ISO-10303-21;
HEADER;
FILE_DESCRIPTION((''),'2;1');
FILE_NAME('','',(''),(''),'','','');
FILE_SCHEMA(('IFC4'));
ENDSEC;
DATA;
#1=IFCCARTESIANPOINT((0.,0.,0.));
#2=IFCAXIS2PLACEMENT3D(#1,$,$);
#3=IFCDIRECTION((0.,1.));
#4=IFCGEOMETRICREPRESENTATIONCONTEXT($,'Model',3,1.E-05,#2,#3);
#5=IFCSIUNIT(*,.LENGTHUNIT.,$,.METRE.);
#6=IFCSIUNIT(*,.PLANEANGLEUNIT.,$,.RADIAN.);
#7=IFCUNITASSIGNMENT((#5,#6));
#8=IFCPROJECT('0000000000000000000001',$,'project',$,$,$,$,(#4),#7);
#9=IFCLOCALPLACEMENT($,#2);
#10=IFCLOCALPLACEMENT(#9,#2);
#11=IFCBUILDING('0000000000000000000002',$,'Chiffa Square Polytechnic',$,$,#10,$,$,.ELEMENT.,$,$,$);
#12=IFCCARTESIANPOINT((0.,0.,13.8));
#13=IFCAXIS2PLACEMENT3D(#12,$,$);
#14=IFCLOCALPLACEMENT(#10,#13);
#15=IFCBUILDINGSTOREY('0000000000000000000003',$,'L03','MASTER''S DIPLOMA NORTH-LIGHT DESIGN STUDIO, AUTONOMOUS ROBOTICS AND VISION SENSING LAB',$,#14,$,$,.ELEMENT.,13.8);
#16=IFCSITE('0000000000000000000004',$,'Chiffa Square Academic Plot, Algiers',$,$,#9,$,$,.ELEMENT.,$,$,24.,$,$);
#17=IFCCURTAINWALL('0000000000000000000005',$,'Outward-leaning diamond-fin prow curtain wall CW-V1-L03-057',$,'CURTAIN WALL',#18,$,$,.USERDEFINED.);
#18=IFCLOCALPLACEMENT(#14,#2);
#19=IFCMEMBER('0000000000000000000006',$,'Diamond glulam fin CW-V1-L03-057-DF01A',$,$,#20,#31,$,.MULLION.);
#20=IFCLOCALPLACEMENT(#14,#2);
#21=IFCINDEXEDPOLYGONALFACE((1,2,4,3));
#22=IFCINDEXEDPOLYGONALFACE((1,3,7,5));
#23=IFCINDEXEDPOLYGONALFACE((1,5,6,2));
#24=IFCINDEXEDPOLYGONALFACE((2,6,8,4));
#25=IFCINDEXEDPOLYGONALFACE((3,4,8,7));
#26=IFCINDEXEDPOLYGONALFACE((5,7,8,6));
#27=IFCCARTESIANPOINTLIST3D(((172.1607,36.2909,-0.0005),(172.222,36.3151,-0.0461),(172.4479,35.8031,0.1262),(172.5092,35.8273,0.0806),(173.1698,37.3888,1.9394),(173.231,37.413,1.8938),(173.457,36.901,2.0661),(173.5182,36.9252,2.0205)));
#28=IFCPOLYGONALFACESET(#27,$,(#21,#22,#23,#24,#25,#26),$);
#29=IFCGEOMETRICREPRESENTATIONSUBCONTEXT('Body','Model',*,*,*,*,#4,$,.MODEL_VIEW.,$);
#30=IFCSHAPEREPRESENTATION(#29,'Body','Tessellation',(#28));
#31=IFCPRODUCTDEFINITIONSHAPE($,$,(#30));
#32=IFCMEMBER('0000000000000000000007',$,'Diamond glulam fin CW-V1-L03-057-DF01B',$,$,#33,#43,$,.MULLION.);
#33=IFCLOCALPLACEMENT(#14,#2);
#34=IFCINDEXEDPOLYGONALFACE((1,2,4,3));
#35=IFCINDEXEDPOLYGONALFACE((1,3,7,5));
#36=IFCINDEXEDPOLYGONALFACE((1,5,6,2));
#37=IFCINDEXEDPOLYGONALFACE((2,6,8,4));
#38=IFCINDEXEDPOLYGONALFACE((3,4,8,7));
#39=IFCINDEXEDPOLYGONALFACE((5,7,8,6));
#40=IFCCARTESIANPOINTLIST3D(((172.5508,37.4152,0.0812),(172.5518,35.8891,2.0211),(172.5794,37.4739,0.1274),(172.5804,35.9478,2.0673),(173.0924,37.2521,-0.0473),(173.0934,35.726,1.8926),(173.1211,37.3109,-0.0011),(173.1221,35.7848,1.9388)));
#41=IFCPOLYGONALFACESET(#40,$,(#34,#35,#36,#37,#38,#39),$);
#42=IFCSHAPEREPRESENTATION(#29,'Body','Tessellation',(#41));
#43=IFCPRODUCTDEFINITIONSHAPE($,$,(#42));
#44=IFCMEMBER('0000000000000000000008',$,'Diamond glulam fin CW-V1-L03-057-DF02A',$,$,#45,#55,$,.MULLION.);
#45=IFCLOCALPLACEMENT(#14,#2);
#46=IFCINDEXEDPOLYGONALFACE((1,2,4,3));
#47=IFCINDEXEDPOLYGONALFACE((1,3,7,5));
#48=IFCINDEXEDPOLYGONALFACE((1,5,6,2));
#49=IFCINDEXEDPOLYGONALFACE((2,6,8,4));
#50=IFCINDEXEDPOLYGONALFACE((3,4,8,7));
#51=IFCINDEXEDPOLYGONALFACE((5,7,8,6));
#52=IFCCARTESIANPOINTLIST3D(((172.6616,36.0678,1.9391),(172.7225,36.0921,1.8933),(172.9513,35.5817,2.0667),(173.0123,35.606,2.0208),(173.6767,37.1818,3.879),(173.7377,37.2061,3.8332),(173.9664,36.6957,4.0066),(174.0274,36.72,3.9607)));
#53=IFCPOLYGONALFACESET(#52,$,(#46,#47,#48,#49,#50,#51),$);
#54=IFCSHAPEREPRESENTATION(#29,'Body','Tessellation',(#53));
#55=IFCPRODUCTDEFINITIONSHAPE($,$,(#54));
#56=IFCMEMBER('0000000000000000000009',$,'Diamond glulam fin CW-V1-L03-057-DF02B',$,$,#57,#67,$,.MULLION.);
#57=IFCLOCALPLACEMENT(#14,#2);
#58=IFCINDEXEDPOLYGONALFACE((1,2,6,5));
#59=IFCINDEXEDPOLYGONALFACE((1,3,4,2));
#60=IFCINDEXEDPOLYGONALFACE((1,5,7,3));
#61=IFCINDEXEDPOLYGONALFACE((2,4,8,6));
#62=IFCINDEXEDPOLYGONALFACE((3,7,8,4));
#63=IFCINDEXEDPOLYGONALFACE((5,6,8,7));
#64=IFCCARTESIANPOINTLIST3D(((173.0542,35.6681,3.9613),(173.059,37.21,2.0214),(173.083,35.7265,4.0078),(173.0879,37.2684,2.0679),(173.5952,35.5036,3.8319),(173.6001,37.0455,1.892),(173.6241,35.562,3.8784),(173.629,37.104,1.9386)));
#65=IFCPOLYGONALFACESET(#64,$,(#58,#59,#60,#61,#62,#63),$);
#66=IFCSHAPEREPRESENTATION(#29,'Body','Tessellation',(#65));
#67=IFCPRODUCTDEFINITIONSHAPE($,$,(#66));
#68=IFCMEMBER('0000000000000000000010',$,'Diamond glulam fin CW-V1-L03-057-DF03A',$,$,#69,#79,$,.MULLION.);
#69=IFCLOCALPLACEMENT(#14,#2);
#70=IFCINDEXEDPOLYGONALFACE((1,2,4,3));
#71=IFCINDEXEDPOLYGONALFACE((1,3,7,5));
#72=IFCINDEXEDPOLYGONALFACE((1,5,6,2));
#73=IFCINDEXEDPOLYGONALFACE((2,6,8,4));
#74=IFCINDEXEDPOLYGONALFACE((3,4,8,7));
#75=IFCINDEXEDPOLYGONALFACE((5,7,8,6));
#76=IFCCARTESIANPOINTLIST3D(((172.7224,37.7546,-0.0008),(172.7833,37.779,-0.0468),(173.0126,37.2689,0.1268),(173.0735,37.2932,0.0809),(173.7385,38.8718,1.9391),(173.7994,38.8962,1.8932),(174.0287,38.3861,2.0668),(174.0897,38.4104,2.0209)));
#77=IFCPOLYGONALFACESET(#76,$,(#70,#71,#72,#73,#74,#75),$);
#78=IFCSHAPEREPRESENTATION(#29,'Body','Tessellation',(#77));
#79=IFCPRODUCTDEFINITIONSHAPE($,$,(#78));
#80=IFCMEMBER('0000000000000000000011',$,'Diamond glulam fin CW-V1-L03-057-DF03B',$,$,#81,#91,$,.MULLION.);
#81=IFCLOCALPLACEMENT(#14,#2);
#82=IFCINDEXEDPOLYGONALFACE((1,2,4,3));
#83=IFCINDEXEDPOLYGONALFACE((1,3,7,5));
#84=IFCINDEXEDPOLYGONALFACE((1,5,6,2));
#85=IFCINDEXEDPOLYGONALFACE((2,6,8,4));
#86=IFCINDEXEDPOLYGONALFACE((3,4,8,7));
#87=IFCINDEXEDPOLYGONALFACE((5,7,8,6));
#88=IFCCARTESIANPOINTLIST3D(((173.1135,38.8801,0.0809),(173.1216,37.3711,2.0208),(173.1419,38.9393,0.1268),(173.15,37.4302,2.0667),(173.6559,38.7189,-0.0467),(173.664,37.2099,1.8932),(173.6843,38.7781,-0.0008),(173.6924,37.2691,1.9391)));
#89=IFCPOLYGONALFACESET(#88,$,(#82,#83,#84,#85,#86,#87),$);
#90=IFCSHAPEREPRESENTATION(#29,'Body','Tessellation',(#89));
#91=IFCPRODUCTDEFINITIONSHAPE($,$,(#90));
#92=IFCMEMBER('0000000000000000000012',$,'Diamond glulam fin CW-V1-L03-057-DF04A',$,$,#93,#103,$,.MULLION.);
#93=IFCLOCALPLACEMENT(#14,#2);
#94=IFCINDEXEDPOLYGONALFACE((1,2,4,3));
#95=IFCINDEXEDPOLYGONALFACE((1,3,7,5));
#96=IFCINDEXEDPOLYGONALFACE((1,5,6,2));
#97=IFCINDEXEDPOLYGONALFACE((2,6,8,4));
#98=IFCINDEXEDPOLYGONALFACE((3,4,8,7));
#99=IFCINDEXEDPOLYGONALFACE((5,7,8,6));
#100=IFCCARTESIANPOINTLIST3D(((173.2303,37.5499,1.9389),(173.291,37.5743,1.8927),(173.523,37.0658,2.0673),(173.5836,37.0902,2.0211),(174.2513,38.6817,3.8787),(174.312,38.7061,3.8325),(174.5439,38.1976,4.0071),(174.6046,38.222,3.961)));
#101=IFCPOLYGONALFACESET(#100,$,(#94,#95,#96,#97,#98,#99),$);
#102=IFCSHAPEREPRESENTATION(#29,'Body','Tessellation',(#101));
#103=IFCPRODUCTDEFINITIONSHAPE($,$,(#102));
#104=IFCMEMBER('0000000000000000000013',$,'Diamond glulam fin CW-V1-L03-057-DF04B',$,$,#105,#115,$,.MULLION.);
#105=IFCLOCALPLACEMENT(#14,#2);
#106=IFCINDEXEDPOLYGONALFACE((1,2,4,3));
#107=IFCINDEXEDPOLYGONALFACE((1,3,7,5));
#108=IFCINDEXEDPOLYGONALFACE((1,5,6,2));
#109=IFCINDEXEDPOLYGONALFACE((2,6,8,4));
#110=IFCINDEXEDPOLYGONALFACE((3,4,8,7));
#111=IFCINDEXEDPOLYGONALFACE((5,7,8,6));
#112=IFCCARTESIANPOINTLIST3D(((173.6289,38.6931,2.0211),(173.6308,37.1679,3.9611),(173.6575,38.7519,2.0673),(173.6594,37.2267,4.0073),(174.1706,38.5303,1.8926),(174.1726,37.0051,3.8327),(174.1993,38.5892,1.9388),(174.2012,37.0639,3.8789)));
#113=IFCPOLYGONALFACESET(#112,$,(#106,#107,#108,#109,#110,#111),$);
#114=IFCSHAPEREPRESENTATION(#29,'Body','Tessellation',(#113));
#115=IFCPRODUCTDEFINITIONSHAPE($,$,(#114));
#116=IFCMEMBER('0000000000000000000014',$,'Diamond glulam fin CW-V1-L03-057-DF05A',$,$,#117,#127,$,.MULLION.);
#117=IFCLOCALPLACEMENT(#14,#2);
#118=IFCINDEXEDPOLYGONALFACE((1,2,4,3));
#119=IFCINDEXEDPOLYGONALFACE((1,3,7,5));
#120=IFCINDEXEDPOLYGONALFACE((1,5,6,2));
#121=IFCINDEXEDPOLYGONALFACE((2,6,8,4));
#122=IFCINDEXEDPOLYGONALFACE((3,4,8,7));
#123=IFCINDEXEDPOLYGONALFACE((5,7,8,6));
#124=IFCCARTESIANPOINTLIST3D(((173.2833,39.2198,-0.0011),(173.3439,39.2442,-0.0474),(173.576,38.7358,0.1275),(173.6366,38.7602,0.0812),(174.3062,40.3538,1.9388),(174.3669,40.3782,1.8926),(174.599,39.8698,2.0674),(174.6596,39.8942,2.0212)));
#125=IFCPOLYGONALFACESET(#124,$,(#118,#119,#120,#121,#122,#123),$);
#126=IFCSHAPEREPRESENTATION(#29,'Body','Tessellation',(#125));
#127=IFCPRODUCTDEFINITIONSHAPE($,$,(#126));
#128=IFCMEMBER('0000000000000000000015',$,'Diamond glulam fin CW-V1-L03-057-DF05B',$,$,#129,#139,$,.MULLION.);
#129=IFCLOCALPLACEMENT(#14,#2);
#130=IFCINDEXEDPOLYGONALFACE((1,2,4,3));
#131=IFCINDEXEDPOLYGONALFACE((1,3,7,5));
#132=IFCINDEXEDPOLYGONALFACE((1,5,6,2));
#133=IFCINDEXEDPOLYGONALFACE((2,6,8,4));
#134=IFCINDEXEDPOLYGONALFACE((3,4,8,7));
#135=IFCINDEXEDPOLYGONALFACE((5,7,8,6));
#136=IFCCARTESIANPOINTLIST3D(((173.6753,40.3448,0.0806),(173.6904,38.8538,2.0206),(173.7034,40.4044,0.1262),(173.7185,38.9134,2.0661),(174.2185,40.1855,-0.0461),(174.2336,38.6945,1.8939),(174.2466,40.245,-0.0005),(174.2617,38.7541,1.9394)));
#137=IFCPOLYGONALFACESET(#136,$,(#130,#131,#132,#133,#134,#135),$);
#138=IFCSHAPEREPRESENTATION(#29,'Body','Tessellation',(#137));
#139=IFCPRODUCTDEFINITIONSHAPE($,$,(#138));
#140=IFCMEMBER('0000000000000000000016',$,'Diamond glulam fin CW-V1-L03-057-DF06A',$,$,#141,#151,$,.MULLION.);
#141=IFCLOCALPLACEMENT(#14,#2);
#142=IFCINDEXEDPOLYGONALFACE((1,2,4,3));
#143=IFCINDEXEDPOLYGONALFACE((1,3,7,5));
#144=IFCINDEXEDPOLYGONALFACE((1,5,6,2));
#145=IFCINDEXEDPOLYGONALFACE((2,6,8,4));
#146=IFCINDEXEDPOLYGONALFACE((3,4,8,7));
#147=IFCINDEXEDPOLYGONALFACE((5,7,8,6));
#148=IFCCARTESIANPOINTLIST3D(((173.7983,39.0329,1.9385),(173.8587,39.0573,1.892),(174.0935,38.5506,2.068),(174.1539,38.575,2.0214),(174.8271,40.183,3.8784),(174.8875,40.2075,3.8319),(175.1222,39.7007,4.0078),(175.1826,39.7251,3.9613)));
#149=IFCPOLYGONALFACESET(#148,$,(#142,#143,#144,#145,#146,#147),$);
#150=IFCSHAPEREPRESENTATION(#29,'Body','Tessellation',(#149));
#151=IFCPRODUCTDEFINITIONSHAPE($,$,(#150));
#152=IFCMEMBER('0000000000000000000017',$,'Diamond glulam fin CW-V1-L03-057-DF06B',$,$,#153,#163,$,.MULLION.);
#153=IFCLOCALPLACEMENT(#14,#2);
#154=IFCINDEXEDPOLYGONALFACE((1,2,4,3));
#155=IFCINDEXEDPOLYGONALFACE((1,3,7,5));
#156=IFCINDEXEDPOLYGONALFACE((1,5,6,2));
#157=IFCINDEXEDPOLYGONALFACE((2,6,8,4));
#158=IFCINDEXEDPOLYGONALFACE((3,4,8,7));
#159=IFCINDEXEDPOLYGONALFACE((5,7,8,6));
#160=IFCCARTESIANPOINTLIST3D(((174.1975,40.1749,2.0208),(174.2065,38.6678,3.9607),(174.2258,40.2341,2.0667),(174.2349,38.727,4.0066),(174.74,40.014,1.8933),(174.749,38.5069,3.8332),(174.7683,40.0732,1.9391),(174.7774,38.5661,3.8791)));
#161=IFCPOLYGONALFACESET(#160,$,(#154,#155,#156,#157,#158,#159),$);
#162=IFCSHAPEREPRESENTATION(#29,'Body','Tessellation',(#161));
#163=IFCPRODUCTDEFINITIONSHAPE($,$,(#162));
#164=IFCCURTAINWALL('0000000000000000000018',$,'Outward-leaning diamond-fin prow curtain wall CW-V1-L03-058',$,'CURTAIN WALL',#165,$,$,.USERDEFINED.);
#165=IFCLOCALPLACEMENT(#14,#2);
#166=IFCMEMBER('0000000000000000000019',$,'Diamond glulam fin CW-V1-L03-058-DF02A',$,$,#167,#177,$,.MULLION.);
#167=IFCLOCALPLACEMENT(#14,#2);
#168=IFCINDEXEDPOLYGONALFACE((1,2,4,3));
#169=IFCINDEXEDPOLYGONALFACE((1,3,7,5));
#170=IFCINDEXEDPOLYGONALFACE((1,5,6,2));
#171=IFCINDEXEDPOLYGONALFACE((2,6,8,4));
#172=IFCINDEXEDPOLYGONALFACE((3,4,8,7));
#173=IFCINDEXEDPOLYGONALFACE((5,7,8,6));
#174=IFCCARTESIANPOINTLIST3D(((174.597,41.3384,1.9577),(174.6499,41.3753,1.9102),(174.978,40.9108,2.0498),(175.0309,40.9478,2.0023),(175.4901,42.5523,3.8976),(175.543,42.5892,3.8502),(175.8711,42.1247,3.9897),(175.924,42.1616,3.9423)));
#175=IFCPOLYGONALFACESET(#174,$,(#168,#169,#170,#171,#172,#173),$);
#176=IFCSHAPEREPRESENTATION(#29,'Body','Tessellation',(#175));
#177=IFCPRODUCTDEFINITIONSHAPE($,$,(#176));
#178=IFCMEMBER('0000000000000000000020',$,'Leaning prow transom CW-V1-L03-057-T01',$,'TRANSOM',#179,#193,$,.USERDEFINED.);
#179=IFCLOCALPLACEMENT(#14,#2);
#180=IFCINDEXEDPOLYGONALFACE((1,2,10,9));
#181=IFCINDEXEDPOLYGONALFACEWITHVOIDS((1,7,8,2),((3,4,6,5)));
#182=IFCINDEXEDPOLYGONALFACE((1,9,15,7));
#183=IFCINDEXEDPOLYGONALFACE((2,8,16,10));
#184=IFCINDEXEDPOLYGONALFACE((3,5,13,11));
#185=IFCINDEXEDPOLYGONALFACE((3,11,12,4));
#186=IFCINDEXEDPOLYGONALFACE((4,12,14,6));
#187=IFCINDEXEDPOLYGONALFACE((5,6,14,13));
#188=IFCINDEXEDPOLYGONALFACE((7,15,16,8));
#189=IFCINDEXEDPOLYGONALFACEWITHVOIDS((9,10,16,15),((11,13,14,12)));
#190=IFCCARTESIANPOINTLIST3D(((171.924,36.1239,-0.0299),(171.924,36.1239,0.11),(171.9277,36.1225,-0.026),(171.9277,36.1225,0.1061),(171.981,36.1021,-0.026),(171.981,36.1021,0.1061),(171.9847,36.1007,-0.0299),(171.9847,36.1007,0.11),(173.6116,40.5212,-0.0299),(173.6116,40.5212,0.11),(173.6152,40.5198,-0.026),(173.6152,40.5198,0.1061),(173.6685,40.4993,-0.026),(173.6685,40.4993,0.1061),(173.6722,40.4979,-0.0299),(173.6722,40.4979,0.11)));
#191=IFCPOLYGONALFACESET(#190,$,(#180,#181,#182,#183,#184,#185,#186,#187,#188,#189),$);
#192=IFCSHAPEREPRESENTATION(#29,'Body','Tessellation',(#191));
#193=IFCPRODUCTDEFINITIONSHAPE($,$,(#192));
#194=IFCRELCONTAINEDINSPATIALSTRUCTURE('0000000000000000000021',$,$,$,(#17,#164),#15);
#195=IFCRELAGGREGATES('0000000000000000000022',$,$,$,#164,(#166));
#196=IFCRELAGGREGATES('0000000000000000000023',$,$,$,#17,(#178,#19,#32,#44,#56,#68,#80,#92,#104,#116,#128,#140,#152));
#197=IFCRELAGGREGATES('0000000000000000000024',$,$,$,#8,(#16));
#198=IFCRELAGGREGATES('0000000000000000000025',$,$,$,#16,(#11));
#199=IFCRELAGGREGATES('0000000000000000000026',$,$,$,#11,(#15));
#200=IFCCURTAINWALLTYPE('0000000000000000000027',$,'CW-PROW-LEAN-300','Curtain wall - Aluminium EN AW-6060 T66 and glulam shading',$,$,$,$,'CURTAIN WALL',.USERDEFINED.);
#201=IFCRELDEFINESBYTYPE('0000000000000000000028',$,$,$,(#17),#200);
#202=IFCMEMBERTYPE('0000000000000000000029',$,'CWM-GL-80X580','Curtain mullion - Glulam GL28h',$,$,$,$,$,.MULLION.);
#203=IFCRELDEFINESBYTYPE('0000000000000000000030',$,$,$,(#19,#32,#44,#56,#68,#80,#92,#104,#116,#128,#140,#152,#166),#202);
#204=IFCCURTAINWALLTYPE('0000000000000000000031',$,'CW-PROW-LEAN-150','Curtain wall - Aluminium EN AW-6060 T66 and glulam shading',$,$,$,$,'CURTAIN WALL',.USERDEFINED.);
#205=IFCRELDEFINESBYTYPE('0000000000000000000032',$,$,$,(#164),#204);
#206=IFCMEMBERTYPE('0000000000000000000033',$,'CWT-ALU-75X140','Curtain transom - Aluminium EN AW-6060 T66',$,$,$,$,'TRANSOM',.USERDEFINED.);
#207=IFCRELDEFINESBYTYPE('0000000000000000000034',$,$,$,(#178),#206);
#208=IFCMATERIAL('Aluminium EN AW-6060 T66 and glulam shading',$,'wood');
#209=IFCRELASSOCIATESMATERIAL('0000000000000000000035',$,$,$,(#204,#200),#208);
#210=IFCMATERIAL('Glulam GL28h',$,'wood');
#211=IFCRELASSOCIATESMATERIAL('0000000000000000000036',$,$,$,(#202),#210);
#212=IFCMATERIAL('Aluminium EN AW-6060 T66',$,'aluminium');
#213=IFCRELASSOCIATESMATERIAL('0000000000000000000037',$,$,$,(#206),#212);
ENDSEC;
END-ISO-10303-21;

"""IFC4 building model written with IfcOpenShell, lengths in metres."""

from ifc_helpers import new_model, si_unit, direction, frame, origin, origin_2d, place, context, subcontext, project, spatial, rectangle, hollow_rectangle, extrude, material, material_profile, profile_set, type_object, element, aggregate, save


model = new_model("IFC4")

# Units and contexts
model_context = context("Model", 3, precision=1e-05, world=origin(), true_north=direction((0.0, 1.0)))
body_context = subcontext(model_context, "Body", "Model", "MODEL_VIEW")
ifc_project = project(units=[si_unit("LENGTHUNIT", "METRE"), si_unit("PLANEANGLEUNIT", "RADIAN")], contexts=[model_context])

# Site, building, storey
site_placement = place(None, origin())
site = spatial("IfcSite", under=ifc_project, at=site_placement, Name="Chiffa Square Academic Plot, Algiers", CompositionType="ELEMENT", RefElevation=24.0)
building_placement = place(site_placement, origin())
building = spatial("IfcBuilding", under=site, at=building_placement, Name="Chiffa Square Polytechnic", CompositionType="ELEMENT")
storey_placement = place(building_placement, frame((0.0, 0.0, 13.8)))
storey = spatial("IfcBuildingStorey", under=building, at=storey_placement, Name="L03", Description="MASTER'S DIPLOMA NORTH-LIGHT DESIGN STUDIO, AUTONOMOUS ROBOTICS AND VISION SENSING LAB", CompositionType="ELEMENT", Elevation=13.8)

# Shared definitions
ifc_material_1 = material(Name="Aluminium EN AW-6060 T66 and glulam shading", Category="wood")
curtain_wall_type_1 = type_object("IfcCurtainWallType", Name="CW-PROW-LEAN-150", Description="Curtain wall - Aluminium EN AW-6060 T66 and glulam shading", ElementType="CURTAIN WALL", PredefinedType="USERDEFINED", material=ifc_material_1)
ifc_material_2 = material(Name="Aluminium EN AW-6060 T66", Category="aluminium")

# Curtain wall
curtain_wall_type_2 = type_object("IfcCurtainWallType", Name="CW-PROW-LEAN-300", Description="Curtain wall - Aluminium EN AW-6060 T66 and glulam shading", ElementType="CURTAIN WALL", PredefinedType="USERDEFINED", material=ifc_material_1)
curtain_wall_1_placement = place(storey_placement, origin())
curtain_wall_1 = element("IfcCurtainWall", 1, at=curtain_wall_1_placement, inside=storey, type_object=curtain_wall_type_2, Name="Outward-leaning diamond-fin prow curtain wall CW-V1-L03-057", ObjectType="CURTAIN WALL", PredefinedType="USERDEFINED")

# Members
ifc_material_3 = material(Name="Glulam GL28h", Category="wood")
ifc_material_profile_1 = material_profile(ifc_material_3, rectangle(XDim=0.0801, YDim=0.5801, at=origin_2d()), Name="GL28h 80x580")
ifc_profile_set_1 = profile_set([ifc_material_profile_1], Name="Glulam GL28h")
member_type_1 = type_object("IfcMemberType", Name="CWM-GL-80X580", Description="Curtain mullion - Glulam GL28h", PredefinedType="MULLION", material=ifc_profile_set_1)
member_1_placement = place(storey_placement, frame((172.335, 36.0591, 0.04), z_axis=(0.412386, 0.448706, 0.792843), x_axis=(-0.764725, -0.302479, 0.568948)))
member_1 = element("IfcMember", 2, at=member_1_placement, type_object=member_type_1, Name="Diamond glulam fin CW-V1-L03-057-DF01A", PredefinedType="MULLION", context=body_context, shape_type="SweptSolid", body=[
    extrude(rectangle(XDim=0.0801, YDim=0.5801, at=origin_2d()), origin(), (0.0, 0.0, 1.0), 2.4468),
])
member_2_placement = place(storey_placement, frame((172.8359, 37.363, 0.04), z_axis=(0.000396, -0.618293, 0.785947), x_axis=(0.357898, 0.733974, 0.577227)))
member_2 = element("IfcMember", 3, at=member_2_placement, type_object=member_type_1, Name="Diamond glulam fin CW-V1-L03-057-DF01B", PredefinedType="MULLION", context=body_context, shape_type="SweptSolid", body=[
    extrude(rectangle(XDim=0.0801, YDim=0.5801, at=origin_2d()), origin(), (0.0, 0.0, 1.0), 2.4683),
])
member_3_placement = place(storey_placement, frame((172.8369, 35.8369, 1.98), z_axis=(0.413228, 0.453477, 0.789684), x_axis=(-0.761446, -0.303549, 0.572764)))
member_3 = element("IfcMember", 4, at=member_3_placement, type_object=member_type_1, Name="Diamond glulam fin CW-V1-L03-057-DF02A", PredefinedType="MULLION", context=body_context, shape_type="SweptSolid", body=[
    extrude(rectangle(XDim=0.0801, YDim=0.5801, at=origin_2d()), origin(), (0.0, 0.0, 1.0), 2.4565),
])
member_4_placement = place(storey_placement, frame((173.344, 37.157, 1.98), z_axis=(-0.00197, -0.62224, 0.782824), x_axis=(0.36068, 0.729691, 0.580914)))
member_4 = element("IfcMember", 5, at=member_4_placement, type_object=member_type_1, Name="Diamond glulam fin CW-V1-L03-057-DF02B", PredefinedType="MULLION", context=body_context, shape_type="SweptSolid", body=[
    extrude(rectangle(XDim=0.0801, YDim=0.5801, at=origin_2d()), origin(), (0.0, 0.0, 1.0), 2.478),
])
member_5_placement = place(storey_placement, frame((172.8979, 37.5239, 0.04), z_axis=(0.413315, 0.454428, 0.789092), x_axis=(-0.760789, -0.303853, 0.573475)))
member_5 = element("IfcMember", 6, at=member_5_placement, type_object=member_type_1, Name="Diamond glulam fin CW-V1-L03-057-DF03A", PredefinedType="MULLION", context=body_context, shape_type="SweptSolid", body=[
    extrude(rectangle(XDim=0.0801, YDim=0.5801, at=origin_2d()), origin(), (0.0, 0.0, 1.0), 2.4585),
])
member_6_placement = place(storey_placement, frame((173.3989, 38.8291, 0.04), z_axis=(0.003278, -0.613985, 0.789311), x_axis=(0.354429, 0.738788, 0.573213)))
member_6 = element("IfcMember", 7, at=member_6_placement, type_object=member_type_1, Name="Diamond glulam fin CW-V1-L03-057-DF03B", PredefinedType="MULLION", context=body_context, shape_type="SweptSolid", body=[
    extrude(rectangle(XDim=0.0801, YDim=0.5801, at=origin_2d()), origin(), (0.0, 0.0, 1.0), 2.4578),
])
member_7_placement = place(storey_placement, frame((173.407, 37.3201, 1.98), z_axis=(0.413835, 0.458761, 0.786307), x_axis=(-0.757796, -0.305036, 0.5768)))
member_7 = element("IfcMember", 8, at=member_7_placement, type_object=member_type_1, Name="Diamond glulam fin CW-V1-L03-057-DF04A", PredefinedType="MULLION", context=body_context, shape_type="SweptSolid", body=[
    extrude(rectangle(XDim=0.0801, YDim=0.5801, at=origin_2d()), origin(), (0.0, 0.0, 1.0), 2.467),
])
member_8_placement = place(storey_placement, frame((173.9141, 38.6411, 1.98), z_axis=(0.000791, -0.618049, 0.78614), x_axis=(0.357428, 0.734383, 0.576998)))
member_8 = element("IfcMember", 9, at=member_8_placement, type_object=member_type_1, Name="Diamond glulam fin CW-V1-L03-057-DF04B", PredefinedType="MULLION", context=body_context, shape_type="SweptSolid", body=[
    extrude(rectangle(XDim=0.0801, YDim=0.5801, at=origin_2d()), origin(), (0.0, 0.0, 1.0), 2.4678),
])
member_9_placement = place(storey_placement, frame((173.46, 38.99, 0.04), z_axis=(0.414322, 0.459314, 0.785728), x_axis=(-0.75743, -0.304646, 0.577487)))
member_9 = element("IfcMember", 10, at=member_9_placement, type_object=member_type_1, Name="Diamond glulam fin CW-V1-L03-057-DF05A", PredefinedType="MULLION", context=body_context, shape_type="SweptSolid", body=[
    extrude(rectangle(XDim=0.0801, YDim=0.5801, at=origin_2d()), origin(), (0.0, 0.0, 1.0), 2.469),
])
member_10_placement = place(storey_placement, frame((173.9609, 40.2949, 0.04), z_axis=(0.006186, -0.609366, 0.792865), x_axis=(0.350835, 0.743803, 0.568922)))
member_10 = element("IfcMember", 11, at=member_10_placement, type_object=member_type_1, Name="Diamond glulam fin CW-V1-L03-057-DF05B", PredefinedType="MULLION", context=body_context, shape_type="SweptSolid", body=[
    extrude(rectangle(XDim=0.0801, YDim=0.5801, at=origin_2d()), origin(), (0.0, 0.0, 1.0), 2.4468),
])
member_11_placement = place(storey_placement, frame((173.9761, 38.804, 1.98), z_axis=(0.415036, 0.463985, 0.7826), x_axis=(-0.754204, -0.305629, 0.581177)))
member_11 = element("IfcMember", 12, at=member_11_placement, type_object=member_type_1, Name="Diamond glulam fin CW-V1-L03-057-DF06A", PredefinedType="MULLION", context=body_context, shape_type="SweptSolid", body=[
    extrude(rectangle(XDim=0.0801, YDim=0.5801, at=origin_2d()), origin(), (0.0, 0.0, 1.0), 2.4788),
])
member_12_placement = place(storey_placement, frame((174.4829, 40.124, 1.98), z_axis=(0.003677, -0.613489, 0.789695), x_axis=(0.353943, 0.739378, 0.572752)))
member_12 = element("IfcMember", 13, at=member_12_placement, type_object=member_type_1, Name="Diamond glulam fin CW-V1-L03-057-DF06B", PredefinedType="MULLION", context=body_context, shape_type="SweptSolid", body=[
    extrude(rectangle(XDim=0.0801, YDim=0.5801, at=origin_2d()), origin(), (0.0, 0.0, 1.0), 2.4565),
])

# Curtain wall, member
curtain_wall_2_placement = place(storey_placement, origin())
curtain_wall_2 = element("IfcCurtainWall", 14, at=curtain_wall_2_placement, inside=storey, type_object=curtain_wall_type_1, Name="Outward-leaning diamond-fin prow curtain wall CW-V1-L03-058", ObjectType="CURTAIN WALL", PredefinedType="USERDEFINED")
member_13_placement = place(storey_placement, frame((174.814, 41.1431, 1.98), z_axis=(0.363552, 0.494144, 0.789716), x_axis=(-0.660525, -0.461052, 0.592569)))
member_13 = element("IfcMember", 15, at=member_13_placement, type_object=member_type_1, Name="Diamond glulam fin CW-V1-L03-058-DF02A", PredefinedType="MULLION", context=body_context, shape_type="SweptSolid", body=[
    extrude(rectangle(XDim=0.0801, YDim=0.5801, at=origin_2d()), origin(), (0.0, 0.0, 1.0), 2.4565),
])

# Member
ifc_material_profile_2 = material_profile(ifc_material_2, hollow_rectangle(XDim=0.0649, YDim=0.1399, WallThickness=0.0039, at=origin_2d()), Name="ALU 65x140x4")
ifc_profile_set_2 = profile_set([ifc_material_profile_2], Name="Aluminium EN AW-6060 T66")
member_type_2 = type_object("IfcMemberType", Name="CWT-ALU-75X140", Description="Curtain transom - Aluminium EN AW-6060 T66", ElementType="TRANSOM", PredefinedType="USERDEFINED", material=ifc_profile_set_2)
member_14_placement = place(storey_placement, frame((171.9543, 36.1123, 0.04), z_axis=(0.358288, 0.933611, 0.0), x_axis=(-0.933611, 0.358288, 0.0)))
member_14 = element("IfcMember", 16, at=member_14_placement, type_object=member_type_2, Name="Leaning prow transom CW-V1-L03-057-T01", ObjectType="TRANSOM", PredefinedType="USERDEFINED", context=body_context, shape_type="SweptSolid", body=[
    extrude(hollow_rectangle(XDim=0.0649, YDim=0.1399, WallThickness=0.0039, at=origin_2d()), origin(), (0.0, 0.0, 1.0), 4.71),
])
aggregate(curtain_wall_2, [member_13])

aggregate(curtain_wall_1, [member_14, member_1, member_2, member_3, member_4, member_5, member_6, member_7, member_8, member_9, member_10, member_11, member_12])

save(model, "model.ifc")
